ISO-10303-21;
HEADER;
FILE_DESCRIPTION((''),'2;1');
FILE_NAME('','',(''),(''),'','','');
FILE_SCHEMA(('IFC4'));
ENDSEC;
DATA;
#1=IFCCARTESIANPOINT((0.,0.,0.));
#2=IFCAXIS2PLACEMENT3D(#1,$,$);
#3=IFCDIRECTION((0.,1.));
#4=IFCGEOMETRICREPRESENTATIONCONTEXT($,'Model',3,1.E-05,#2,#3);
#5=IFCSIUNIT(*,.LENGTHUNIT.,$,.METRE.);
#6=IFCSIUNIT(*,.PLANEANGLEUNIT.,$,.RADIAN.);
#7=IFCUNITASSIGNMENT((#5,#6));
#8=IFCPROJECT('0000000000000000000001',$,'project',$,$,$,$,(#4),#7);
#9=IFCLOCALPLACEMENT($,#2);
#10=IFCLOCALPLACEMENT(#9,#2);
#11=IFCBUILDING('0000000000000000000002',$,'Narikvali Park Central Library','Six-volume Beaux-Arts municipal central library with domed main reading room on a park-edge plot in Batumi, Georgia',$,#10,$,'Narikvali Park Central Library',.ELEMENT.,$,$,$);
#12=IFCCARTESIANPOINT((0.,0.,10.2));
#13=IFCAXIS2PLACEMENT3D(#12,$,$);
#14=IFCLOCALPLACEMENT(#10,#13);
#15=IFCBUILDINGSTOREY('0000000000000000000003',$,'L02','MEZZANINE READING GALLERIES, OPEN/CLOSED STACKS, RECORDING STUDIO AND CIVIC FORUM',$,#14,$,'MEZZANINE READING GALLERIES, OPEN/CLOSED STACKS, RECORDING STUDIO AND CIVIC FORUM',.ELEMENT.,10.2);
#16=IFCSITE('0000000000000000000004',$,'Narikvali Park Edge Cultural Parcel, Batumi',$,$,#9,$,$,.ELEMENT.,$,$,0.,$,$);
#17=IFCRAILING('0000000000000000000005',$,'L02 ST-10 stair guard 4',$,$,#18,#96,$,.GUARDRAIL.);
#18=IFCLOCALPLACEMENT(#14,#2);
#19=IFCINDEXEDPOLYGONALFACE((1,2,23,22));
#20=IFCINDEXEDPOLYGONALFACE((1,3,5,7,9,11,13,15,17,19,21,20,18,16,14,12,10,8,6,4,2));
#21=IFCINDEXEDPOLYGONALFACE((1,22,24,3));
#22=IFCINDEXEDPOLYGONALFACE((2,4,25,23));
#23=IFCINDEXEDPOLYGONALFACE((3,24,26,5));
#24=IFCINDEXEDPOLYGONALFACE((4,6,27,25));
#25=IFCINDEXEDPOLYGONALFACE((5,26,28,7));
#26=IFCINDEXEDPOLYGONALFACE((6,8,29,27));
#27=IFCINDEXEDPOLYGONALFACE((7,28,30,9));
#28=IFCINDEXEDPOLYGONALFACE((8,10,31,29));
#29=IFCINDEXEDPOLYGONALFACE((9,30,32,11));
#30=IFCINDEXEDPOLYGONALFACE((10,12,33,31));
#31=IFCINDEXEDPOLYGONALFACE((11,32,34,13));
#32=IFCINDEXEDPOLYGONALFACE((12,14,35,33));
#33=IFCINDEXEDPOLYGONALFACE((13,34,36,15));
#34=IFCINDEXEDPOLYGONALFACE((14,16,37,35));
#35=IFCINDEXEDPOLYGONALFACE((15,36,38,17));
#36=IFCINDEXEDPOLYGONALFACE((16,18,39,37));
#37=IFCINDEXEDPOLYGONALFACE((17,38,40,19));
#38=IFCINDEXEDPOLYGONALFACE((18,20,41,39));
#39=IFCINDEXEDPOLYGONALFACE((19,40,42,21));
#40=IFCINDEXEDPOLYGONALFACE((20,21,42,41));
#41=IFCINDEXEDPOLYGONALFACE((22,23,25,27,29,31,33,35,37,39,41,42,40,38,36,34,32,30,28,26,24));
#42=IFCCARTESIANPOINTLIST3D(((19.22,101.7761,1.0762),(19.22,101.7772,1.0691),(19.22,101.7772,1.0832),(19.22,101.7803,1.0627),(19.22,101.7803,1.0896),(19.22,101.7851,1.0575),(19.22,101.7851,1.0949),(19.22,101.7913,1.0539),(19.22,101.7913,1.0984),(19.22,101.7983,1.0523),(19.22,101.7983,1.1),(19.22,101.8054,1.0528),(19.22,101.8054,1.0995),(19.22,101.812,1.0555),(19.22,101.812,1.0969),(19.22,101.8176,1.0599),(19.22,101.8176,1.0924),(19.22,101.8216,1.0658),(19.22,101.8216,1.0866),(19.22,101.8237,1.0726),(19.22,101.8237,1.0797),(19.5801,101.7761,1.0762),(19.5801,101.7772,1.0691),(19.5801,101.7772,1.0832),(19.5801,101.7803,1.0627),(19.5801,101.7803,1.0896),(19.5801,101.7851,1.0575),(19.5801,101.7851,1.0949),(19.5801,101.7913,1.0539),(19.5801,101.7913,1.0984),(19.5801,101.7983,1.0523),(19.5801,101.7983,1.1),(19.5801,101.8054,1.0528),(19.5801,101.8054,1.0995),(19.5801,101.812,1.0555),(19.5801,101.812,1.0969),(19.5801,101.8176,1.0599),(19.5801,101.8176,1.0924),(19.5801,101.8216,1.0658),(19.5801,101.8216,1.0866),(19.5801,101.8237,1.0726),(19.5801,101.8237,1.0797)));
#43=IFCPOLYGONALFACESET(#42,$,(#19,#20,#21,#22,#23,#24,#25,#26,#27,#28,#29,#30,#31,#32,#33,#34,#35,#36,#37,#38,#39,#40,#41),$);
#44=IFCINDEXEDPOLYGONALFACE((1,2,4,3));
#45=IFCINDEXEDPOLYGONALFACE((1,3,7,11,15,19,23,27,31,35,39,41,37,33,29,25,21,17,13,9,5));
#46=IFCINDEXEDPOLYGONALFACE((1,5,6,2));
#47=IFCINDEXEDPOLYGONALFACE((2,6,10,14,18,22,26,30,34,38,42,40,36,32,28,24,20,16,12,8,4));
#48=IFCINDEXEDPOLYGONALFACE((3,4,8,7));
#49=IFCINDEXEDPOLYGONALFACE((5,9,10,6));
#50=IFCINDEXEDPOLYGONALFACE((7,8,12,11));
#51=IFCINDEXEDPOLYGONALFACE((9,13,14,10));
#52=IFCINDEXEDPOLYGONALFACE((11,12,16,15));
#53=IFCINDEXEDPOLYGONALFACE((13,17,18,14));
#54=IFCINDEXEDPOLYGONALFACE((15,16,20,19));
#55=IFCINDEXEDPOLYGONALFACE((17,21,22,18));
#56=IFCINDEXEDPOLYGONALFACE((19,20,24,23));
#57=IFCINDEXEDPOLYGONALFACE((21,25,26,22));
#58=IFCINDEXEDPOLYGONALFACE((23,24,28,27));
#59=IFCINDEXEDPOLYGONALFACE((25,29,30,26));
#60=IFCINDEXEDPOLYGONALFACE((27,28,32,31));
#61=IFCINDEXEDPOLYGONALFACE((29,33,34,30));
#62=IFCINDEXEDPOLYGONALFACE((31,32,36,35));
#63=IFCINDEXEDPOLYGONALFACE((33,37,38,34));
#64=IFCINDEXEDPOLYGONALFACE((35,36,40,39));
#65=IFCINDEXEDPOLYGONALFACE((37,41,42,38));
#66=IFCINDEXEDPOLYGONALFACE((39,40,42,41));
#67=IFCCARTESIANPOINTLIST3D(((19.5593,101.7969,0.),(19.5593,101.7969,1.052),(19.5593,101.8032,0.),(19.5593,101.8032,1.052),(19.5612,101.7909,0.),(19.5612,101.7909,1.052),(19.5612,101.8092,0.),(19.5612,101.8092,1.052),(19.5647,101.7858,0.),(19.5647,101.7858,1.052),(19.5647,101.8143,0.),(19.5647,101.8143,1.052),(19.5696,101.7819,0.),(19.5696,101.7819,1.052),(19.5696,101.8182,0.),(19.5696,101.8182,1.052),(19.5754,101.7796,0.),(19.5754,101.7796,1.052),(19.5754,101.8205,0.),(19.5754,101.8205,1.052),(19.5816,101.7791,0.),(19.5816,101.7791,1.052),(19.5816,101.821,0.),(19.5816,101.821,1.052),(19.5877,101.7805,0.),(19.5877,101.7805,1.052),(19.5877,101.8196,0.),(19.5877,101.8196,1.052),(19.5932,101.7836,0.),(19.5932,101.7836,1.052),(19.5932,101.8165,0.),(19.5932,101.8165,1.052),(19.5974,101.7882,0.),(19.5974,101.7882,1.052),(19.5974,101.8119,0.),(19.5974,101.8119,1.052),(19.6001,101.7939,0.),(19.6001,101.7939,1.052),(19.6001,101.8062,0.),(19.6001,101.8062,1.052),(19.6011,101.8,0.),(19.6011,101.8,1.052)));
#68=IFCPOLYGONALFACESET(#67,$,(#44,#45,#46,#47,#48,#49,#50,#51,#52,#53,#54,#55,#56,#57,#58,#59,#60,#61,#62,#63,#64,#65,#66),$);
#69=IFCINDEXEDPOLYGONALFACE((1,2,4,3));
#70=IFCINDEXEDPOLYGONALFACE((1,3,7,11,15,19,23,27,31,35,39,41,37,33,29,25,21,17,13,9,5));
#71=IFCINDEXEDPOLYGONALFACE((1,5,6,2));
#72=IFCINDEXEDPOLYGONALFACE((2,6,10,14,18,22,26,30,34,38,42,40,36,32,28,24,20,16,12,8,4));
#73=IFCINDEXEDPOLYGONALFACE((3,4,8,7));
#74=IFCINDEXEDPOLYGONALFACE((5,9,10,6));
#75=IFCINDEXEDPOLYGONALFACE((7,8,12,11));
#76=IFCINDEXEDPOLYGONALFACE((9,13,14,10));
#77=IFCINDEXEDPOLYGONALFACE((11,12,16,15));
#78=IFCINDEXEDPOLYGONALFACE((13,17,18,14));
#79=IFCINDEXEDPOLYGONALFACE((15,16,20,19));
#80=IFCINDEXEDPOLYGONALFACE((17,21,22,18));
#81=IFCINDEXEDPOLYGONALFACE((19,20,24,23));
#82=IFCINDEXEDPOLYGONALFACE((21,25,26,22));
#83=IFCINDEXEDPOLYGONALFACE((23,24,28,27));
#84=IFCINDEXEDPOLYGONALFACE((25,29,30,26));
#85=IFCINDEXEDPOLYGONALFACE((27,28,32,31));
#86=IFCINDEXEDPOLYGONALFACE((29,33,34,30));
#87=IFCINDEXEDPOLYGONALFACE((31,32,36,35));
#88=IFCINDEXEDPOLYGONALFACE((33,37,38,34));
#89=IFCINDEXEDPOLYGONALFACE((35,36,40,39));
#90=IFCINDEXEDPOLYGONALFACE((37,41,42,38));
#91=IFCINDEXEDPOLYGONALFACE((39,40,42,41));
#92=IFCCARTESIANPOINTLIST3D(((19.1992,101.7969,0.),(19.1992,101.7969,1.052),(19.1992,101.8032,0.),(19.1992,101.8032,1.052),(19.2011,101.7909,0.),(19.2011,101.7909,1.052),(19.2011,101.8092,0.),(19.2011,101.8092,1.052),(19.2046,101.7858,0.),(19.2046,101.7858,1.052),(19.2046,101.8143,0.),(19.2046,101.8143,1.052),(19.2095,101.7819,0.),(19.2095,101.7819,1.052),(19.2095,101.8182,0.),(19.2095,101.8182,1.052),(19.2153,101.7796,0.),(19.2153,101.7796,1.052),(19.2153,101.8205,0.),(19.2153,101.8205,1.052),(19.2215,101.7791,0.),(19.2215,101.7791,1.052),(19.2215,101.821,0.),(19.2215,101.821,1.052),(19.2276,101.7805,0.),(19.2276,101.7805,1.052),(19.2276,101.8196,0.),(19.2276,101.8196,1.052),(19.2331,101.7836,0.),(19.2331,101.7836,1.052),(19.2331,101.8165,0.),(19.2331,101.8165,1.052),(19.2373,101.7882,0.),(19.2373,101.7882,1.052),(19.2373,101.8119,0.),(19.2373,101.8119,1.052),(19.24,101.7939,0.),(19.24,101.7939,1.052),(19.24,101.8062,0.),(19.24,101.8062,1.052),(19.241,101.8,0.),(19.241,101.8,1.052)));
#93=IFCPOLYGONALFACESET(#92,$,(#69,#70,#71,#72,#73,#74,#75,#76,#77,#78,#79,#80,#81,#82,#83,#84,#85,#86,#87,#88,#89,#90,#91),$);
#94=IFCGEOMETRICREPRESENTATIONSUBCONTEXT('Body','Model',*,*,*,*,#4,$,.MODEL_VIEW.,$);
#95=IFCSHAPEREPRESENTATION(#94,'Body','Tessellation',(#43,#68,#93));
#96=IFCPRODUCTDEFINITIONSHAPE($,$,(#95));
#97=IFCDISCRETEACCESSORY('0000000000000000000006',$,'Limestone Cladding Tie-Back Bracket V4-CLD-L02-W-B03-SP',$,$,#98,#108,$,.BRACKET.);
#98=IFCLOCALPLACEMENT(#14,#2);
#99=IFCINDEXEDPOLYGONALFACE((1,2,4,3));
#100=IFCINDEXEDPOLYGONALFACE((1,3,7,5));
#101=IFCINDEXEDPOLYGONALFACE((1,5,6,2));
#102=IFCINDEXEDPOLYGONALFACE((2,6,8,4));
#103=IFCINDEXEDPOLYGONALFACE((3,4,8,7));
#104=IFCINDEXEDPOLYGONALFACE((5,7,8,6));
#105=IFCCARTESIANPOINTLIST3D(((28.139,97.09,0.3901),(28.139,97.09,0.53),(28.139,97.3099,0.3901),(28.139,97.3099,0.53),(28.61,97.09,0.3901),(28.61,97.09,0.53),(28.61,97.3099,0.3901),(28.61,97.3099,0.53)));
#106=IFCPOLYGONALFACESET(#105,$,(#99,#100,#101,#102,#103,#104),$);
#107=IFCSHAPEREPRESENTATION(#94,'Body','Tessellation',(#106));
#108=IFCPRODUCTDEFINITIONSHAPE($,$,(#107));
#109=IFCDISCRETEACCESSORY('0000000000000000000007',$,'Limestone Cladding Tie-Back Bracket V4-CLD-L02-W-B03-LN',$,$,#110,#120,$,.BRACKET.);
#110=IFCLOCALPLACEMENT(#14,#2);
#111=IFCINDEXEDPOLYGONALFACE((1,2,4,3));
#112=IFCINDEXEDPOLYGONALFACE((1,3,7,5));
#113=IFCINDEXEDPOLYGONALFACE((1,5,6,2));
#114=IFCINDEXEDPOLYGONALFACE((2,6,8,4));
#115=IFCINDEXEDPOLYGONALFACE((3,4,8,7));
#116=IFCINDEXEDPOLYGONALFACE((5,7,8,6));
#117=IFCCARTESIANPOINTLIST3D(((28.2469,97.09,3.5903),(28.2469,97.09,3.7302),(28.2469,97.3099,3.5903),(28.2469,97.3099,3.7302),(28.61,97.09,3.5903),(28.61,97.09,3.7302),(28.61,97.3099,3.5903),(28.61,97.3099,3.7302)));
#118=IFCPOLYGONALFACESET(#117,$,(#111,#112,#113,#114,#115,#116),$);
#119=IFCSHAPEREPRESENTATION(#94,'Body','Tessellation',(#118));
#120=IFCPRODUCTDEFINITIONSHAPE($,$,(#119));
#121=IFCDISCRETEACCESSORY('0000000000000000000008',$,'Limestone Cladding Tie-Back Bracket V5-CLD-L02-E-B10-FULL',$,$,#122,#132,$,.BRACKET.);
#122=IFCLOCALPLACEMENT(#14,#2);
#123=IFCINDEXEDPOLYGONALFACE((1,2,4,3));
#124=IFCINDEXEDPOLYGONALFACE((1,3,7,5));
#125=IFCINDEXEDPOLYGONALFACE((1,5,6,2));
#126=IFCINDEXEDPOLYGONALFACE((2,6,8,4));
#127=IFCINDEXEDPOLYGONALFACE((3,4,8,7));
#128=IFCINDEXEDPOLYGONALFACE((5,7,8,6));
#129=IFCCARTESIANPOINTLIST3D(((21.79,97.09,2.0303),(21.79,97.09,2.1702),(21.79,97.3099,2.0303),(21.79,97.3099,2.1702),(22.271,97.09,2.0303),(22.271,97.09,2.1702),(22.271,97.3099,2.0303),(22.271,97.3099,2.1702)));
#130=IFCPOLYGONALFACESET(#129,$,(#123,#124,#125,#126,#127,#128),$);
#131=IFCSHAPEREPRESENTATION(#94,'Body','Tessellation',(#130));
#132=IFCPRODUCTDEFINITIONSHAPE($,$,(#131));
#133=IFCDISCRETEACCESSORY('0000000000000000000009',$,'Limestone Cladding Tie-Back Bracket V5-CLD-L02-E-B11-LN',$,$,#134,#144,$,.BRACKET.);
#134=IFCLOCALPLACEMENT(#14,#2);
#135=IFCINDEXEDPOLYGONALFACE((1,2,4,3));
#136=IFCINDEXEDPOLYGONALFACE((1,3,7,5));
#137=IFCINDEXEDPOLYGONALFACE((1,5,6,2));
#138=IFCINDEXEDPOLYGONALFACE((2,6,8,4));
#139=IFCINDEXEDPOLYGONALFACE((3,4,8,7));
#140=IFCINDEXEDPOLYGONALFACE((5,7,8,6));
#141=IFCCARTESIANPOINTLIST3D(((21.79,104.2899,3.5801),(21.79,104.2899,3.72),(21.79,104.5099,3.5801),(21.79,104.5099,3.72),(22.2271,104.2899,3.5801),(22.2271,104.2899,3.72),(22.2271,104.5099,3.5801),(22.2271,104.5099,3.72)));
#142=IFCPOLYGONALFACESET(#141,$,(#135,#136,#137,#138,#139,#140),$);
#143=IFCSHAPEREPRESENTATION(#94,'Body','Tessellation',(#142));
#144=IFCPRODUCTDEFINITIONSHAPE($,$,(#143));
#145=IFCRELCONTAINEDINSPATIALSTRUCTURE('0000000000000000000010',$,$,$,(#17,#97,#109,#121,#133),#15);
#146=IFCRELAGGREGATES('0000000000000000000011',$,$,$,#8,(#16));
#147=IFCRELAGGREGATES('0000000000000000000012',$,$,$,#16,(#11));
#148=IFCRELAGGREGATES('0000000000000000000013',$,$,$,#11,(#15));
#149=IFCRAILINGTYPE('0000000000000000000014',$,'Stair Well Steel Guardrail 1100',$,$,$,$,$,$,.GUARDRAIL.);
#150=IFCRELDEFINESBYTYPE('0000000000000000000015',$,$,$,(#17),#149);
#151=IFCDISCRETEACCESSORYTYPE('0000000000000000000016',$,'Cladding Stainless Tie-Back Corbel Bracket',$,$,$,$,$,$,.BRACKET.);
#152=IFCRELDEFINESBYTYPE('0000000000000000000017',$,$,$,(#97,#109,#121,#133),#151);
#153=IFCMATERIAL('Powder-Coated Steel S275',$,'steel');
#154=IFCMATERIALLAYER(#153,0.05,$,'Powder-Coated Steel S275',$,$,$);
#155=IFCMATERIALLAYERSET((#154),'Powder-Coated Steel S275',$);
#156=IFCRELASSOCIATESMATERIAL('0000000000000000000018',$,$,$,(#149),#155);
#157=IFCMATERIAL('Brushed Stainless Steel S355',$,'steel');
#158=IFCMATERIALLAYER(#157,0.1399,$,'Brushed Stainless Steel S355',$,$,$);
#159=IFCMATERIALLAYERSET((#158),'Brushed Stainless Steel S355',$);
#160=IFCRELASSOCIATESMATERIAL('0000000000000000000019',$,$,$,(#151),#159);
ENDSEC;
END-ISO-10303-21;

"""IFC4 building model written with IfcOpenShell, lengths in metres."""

from ifc_helpers import new_model, si_unit, direction, frame, origin, origin_2d, place, context, subcontext, project, spatial, rectangle, circle, extrude, material, layer, layer_set, type_object, element, save


model = new_model("IFC4")

# Units and contexts
model_context = context("Model", 3, precision=1e-05, world=origin(), true_north=direction((0.0, 1.0)))
body_context = subcontext(model_context, "Body", "Model", "MODEL_VIEW")
ifc_project = project(units=[si_unit("LENGTHUNIT", "METRE"), si_unit("PLANEANGLEUNIT", "RADIAN")], contexts=[model_context])

# Site, building, storey
site_placement = place(None, origin())
site = spatial("IfcSite", under=ifc_project, at=site_placement, Name="Narikvali Park Edge Cultural Parcel, Batumi", CompositionType="ELEMENT", RefElevation=0.0)
building_placement = place(site_placement, origin())
building = spatial("IfcBuilding", under=site, at=building_placement, Name="Narikvali Park Central Library", Description="Six-volume Beaux-Arts municipal central library with domed main reading room on a park-edge plot in Batumi, Georgia", LongName="Narikvali Park Central Library", CompositionType="ELEMENT")
storey_placement = place(building_placement, frame((0.0, 0.0, 10.2)))
storey = spatial("IfcBuildingStorey", under=building, at=storey_placement, Name="L02", Description="MEZZANINE READING GALLERIES, OPEN/CLOSED STACKS, RECORDING STUDIO AND CIVIC FORUM", LongName="MEZZANINE READING GALLERIES, OPEN/CLOSED STACKS, RECORDING STUDIO AND CIVIC FORUM", CompositionType="ELEMENT", Elevation=10.2)

# Railing
ifc_material_1 = material(Name="Brushed Stainless Steel S355", Category="steel")
ifc_material_2 = material(Name="Powder-Coated Steel S275", Category="steel")
ifc_layer_1 = layer(ifc_material_2, 0.05, Name="Powder-Coated Steel S275")
ifc_layer_set_1 = layer_set([ifc_layer_1], Name="Powder-Coated Steel S275")
railing_type_1 = type_object("IfcRailingType", Name="Stair Well Steel Guardrail 1100", PredefinedType="GUARDRAIL", material=ifc_layer_set_1)
railing_1_placement = place(storey_placement, frame((19.5801, 101.8, 0.0)))
element("IfcRailing", 1, at=railing_1_placement, inside=storey, type_object=railing_type_1, Name="L02 ST-10 stair guard 4", PredefinedType="GUARDRAIL", context=body_context, shape_type="SweptSolid", body=[
    extrude(circle(Radius=0.0239, at=origin_2d()), frame((0.0, 0.0, 1.0762), z_axis=(-1.0, 0.0, 0.0), x_axis=(0.0, -1.0, 0.0)), (0.0, 0.0, 1.0), 0.3601),
    extrude(circle(Radius=0.021, at=origin_2d()), origin(), (0.0, 0.0, 1.0), 1.052),
    extrude(circle(Radius=0.021, at=origin_2d()), frame((-0.3601, 0.0, 0.0)), (0.0, 0.0, 1.0), 1.052),
])

# Discrete accessories
ifc_layer_2 = layer(ifc_material_1, 0.1399, Name="Brushed Stainless Steel S355")
ifc_layer_set_2 = layer_set([ifc_layer_2], Name="Brushed Stainless Steel S355")
discrete_accessory_type = type_object("IfcDiscreteAccessoryType", Name="Cladding Stainless Tie-Back Corbel Bracket", PredefinedType="BRACKET", material=ifc_layer_set_2)
discrete_accessory_1_placement = place(storey_placement, frame((28.3745, 97.2, 0.3901), z_axis=(0.0, 0.0, 1.0), x_axis=(1.0, 0.0, 0.0)))
element("IfcDiscreteAccessory", 2, at=discrete_accessory_1_placement, inside=storey, type_object=discrete_accessory_type, Name="Limestone Cladding Tie-Back Bracket V4-CLD-L02-W-B03-SP", PredefinedType="BRACKET", context=body_context, shape_type="SweptSolid", body=[
    extrude(rectangle(XDim=0.4709, YDim=0.22, at=origin_2d()), origin(), (0.0, 0.0, 1.0), 0.1399),
])
discrete_accessory_2_placement = place(storey_placement, frame((28.4285, 97.2, 3.5903), z_axis=(0.0, 0.0, 1.0), x_axis=(1.0, 0.0, 0.0)))
element("IfcDiscreteAccessory", 3, at=discrete_accessory_2_placement, inside=storey, type_object=discrete_accessory_type, Name="Limestone Cladding Tie-Back Bracket V4-CLD-L02-W-B03-LN", PredefinedType="BRACKET", context=body_context, shape_type="SweptSolid", body=[
    extrude(rectangle(XDim=0.363, YDim=0.22, at=origin_2d()), origin(), (0.0, 0.0, 1.0), 0.1399),
])
discrete_accessory_3_placement = place(storey_placement, frame((22.0305, 97.2, 2.0303), z_axis=(0.0, 0.0, 1.0), x_axis=(1.0, 0.0, 0.0)))
element("IfcDiscreteAccessory", 4, at=discrete_accessory_3_placement, inside=storey, type_object=discrete_accessory_type, Name="Limestone Cladding Tie-Back Bracket V5-CLD-L02-E-B10-FULL", PredefinedType="BRACKET", context=body_context, shape_type="SweptSolid", body=[
    extrude(rectangle(XDim=0.481, YDim=0.22, at=origin_2d()), origin(), (0.0, 0.0, 1.0), 0.1399),
])
discrete_accessory_4_placement = place(storey_placement, frame((22.0085, 104.3999, 3.5801), z_axis=(0.0, 0.0, 1.0), x_axis=(1.0, 0.0, 0.0)))
element("IfcDiscreteAccessory", 5, at=discrete_accessory_4_placement, inside=storey, type_object=discrete_accessory_type, Name="Limestone Cladding Tie-Back Bracket V5-CLD-L02-E-B11-LN", PredefinedType="BRACKET", context=body_context, shape_type="SweptSolid", body=[
    extrude(rectangle(XDim=0.437, YDim=0.22, at=origin_2d()), origin(), (0.0, 0.0, 1.0), 0.1399),
])

save(model, "model.ifc")
